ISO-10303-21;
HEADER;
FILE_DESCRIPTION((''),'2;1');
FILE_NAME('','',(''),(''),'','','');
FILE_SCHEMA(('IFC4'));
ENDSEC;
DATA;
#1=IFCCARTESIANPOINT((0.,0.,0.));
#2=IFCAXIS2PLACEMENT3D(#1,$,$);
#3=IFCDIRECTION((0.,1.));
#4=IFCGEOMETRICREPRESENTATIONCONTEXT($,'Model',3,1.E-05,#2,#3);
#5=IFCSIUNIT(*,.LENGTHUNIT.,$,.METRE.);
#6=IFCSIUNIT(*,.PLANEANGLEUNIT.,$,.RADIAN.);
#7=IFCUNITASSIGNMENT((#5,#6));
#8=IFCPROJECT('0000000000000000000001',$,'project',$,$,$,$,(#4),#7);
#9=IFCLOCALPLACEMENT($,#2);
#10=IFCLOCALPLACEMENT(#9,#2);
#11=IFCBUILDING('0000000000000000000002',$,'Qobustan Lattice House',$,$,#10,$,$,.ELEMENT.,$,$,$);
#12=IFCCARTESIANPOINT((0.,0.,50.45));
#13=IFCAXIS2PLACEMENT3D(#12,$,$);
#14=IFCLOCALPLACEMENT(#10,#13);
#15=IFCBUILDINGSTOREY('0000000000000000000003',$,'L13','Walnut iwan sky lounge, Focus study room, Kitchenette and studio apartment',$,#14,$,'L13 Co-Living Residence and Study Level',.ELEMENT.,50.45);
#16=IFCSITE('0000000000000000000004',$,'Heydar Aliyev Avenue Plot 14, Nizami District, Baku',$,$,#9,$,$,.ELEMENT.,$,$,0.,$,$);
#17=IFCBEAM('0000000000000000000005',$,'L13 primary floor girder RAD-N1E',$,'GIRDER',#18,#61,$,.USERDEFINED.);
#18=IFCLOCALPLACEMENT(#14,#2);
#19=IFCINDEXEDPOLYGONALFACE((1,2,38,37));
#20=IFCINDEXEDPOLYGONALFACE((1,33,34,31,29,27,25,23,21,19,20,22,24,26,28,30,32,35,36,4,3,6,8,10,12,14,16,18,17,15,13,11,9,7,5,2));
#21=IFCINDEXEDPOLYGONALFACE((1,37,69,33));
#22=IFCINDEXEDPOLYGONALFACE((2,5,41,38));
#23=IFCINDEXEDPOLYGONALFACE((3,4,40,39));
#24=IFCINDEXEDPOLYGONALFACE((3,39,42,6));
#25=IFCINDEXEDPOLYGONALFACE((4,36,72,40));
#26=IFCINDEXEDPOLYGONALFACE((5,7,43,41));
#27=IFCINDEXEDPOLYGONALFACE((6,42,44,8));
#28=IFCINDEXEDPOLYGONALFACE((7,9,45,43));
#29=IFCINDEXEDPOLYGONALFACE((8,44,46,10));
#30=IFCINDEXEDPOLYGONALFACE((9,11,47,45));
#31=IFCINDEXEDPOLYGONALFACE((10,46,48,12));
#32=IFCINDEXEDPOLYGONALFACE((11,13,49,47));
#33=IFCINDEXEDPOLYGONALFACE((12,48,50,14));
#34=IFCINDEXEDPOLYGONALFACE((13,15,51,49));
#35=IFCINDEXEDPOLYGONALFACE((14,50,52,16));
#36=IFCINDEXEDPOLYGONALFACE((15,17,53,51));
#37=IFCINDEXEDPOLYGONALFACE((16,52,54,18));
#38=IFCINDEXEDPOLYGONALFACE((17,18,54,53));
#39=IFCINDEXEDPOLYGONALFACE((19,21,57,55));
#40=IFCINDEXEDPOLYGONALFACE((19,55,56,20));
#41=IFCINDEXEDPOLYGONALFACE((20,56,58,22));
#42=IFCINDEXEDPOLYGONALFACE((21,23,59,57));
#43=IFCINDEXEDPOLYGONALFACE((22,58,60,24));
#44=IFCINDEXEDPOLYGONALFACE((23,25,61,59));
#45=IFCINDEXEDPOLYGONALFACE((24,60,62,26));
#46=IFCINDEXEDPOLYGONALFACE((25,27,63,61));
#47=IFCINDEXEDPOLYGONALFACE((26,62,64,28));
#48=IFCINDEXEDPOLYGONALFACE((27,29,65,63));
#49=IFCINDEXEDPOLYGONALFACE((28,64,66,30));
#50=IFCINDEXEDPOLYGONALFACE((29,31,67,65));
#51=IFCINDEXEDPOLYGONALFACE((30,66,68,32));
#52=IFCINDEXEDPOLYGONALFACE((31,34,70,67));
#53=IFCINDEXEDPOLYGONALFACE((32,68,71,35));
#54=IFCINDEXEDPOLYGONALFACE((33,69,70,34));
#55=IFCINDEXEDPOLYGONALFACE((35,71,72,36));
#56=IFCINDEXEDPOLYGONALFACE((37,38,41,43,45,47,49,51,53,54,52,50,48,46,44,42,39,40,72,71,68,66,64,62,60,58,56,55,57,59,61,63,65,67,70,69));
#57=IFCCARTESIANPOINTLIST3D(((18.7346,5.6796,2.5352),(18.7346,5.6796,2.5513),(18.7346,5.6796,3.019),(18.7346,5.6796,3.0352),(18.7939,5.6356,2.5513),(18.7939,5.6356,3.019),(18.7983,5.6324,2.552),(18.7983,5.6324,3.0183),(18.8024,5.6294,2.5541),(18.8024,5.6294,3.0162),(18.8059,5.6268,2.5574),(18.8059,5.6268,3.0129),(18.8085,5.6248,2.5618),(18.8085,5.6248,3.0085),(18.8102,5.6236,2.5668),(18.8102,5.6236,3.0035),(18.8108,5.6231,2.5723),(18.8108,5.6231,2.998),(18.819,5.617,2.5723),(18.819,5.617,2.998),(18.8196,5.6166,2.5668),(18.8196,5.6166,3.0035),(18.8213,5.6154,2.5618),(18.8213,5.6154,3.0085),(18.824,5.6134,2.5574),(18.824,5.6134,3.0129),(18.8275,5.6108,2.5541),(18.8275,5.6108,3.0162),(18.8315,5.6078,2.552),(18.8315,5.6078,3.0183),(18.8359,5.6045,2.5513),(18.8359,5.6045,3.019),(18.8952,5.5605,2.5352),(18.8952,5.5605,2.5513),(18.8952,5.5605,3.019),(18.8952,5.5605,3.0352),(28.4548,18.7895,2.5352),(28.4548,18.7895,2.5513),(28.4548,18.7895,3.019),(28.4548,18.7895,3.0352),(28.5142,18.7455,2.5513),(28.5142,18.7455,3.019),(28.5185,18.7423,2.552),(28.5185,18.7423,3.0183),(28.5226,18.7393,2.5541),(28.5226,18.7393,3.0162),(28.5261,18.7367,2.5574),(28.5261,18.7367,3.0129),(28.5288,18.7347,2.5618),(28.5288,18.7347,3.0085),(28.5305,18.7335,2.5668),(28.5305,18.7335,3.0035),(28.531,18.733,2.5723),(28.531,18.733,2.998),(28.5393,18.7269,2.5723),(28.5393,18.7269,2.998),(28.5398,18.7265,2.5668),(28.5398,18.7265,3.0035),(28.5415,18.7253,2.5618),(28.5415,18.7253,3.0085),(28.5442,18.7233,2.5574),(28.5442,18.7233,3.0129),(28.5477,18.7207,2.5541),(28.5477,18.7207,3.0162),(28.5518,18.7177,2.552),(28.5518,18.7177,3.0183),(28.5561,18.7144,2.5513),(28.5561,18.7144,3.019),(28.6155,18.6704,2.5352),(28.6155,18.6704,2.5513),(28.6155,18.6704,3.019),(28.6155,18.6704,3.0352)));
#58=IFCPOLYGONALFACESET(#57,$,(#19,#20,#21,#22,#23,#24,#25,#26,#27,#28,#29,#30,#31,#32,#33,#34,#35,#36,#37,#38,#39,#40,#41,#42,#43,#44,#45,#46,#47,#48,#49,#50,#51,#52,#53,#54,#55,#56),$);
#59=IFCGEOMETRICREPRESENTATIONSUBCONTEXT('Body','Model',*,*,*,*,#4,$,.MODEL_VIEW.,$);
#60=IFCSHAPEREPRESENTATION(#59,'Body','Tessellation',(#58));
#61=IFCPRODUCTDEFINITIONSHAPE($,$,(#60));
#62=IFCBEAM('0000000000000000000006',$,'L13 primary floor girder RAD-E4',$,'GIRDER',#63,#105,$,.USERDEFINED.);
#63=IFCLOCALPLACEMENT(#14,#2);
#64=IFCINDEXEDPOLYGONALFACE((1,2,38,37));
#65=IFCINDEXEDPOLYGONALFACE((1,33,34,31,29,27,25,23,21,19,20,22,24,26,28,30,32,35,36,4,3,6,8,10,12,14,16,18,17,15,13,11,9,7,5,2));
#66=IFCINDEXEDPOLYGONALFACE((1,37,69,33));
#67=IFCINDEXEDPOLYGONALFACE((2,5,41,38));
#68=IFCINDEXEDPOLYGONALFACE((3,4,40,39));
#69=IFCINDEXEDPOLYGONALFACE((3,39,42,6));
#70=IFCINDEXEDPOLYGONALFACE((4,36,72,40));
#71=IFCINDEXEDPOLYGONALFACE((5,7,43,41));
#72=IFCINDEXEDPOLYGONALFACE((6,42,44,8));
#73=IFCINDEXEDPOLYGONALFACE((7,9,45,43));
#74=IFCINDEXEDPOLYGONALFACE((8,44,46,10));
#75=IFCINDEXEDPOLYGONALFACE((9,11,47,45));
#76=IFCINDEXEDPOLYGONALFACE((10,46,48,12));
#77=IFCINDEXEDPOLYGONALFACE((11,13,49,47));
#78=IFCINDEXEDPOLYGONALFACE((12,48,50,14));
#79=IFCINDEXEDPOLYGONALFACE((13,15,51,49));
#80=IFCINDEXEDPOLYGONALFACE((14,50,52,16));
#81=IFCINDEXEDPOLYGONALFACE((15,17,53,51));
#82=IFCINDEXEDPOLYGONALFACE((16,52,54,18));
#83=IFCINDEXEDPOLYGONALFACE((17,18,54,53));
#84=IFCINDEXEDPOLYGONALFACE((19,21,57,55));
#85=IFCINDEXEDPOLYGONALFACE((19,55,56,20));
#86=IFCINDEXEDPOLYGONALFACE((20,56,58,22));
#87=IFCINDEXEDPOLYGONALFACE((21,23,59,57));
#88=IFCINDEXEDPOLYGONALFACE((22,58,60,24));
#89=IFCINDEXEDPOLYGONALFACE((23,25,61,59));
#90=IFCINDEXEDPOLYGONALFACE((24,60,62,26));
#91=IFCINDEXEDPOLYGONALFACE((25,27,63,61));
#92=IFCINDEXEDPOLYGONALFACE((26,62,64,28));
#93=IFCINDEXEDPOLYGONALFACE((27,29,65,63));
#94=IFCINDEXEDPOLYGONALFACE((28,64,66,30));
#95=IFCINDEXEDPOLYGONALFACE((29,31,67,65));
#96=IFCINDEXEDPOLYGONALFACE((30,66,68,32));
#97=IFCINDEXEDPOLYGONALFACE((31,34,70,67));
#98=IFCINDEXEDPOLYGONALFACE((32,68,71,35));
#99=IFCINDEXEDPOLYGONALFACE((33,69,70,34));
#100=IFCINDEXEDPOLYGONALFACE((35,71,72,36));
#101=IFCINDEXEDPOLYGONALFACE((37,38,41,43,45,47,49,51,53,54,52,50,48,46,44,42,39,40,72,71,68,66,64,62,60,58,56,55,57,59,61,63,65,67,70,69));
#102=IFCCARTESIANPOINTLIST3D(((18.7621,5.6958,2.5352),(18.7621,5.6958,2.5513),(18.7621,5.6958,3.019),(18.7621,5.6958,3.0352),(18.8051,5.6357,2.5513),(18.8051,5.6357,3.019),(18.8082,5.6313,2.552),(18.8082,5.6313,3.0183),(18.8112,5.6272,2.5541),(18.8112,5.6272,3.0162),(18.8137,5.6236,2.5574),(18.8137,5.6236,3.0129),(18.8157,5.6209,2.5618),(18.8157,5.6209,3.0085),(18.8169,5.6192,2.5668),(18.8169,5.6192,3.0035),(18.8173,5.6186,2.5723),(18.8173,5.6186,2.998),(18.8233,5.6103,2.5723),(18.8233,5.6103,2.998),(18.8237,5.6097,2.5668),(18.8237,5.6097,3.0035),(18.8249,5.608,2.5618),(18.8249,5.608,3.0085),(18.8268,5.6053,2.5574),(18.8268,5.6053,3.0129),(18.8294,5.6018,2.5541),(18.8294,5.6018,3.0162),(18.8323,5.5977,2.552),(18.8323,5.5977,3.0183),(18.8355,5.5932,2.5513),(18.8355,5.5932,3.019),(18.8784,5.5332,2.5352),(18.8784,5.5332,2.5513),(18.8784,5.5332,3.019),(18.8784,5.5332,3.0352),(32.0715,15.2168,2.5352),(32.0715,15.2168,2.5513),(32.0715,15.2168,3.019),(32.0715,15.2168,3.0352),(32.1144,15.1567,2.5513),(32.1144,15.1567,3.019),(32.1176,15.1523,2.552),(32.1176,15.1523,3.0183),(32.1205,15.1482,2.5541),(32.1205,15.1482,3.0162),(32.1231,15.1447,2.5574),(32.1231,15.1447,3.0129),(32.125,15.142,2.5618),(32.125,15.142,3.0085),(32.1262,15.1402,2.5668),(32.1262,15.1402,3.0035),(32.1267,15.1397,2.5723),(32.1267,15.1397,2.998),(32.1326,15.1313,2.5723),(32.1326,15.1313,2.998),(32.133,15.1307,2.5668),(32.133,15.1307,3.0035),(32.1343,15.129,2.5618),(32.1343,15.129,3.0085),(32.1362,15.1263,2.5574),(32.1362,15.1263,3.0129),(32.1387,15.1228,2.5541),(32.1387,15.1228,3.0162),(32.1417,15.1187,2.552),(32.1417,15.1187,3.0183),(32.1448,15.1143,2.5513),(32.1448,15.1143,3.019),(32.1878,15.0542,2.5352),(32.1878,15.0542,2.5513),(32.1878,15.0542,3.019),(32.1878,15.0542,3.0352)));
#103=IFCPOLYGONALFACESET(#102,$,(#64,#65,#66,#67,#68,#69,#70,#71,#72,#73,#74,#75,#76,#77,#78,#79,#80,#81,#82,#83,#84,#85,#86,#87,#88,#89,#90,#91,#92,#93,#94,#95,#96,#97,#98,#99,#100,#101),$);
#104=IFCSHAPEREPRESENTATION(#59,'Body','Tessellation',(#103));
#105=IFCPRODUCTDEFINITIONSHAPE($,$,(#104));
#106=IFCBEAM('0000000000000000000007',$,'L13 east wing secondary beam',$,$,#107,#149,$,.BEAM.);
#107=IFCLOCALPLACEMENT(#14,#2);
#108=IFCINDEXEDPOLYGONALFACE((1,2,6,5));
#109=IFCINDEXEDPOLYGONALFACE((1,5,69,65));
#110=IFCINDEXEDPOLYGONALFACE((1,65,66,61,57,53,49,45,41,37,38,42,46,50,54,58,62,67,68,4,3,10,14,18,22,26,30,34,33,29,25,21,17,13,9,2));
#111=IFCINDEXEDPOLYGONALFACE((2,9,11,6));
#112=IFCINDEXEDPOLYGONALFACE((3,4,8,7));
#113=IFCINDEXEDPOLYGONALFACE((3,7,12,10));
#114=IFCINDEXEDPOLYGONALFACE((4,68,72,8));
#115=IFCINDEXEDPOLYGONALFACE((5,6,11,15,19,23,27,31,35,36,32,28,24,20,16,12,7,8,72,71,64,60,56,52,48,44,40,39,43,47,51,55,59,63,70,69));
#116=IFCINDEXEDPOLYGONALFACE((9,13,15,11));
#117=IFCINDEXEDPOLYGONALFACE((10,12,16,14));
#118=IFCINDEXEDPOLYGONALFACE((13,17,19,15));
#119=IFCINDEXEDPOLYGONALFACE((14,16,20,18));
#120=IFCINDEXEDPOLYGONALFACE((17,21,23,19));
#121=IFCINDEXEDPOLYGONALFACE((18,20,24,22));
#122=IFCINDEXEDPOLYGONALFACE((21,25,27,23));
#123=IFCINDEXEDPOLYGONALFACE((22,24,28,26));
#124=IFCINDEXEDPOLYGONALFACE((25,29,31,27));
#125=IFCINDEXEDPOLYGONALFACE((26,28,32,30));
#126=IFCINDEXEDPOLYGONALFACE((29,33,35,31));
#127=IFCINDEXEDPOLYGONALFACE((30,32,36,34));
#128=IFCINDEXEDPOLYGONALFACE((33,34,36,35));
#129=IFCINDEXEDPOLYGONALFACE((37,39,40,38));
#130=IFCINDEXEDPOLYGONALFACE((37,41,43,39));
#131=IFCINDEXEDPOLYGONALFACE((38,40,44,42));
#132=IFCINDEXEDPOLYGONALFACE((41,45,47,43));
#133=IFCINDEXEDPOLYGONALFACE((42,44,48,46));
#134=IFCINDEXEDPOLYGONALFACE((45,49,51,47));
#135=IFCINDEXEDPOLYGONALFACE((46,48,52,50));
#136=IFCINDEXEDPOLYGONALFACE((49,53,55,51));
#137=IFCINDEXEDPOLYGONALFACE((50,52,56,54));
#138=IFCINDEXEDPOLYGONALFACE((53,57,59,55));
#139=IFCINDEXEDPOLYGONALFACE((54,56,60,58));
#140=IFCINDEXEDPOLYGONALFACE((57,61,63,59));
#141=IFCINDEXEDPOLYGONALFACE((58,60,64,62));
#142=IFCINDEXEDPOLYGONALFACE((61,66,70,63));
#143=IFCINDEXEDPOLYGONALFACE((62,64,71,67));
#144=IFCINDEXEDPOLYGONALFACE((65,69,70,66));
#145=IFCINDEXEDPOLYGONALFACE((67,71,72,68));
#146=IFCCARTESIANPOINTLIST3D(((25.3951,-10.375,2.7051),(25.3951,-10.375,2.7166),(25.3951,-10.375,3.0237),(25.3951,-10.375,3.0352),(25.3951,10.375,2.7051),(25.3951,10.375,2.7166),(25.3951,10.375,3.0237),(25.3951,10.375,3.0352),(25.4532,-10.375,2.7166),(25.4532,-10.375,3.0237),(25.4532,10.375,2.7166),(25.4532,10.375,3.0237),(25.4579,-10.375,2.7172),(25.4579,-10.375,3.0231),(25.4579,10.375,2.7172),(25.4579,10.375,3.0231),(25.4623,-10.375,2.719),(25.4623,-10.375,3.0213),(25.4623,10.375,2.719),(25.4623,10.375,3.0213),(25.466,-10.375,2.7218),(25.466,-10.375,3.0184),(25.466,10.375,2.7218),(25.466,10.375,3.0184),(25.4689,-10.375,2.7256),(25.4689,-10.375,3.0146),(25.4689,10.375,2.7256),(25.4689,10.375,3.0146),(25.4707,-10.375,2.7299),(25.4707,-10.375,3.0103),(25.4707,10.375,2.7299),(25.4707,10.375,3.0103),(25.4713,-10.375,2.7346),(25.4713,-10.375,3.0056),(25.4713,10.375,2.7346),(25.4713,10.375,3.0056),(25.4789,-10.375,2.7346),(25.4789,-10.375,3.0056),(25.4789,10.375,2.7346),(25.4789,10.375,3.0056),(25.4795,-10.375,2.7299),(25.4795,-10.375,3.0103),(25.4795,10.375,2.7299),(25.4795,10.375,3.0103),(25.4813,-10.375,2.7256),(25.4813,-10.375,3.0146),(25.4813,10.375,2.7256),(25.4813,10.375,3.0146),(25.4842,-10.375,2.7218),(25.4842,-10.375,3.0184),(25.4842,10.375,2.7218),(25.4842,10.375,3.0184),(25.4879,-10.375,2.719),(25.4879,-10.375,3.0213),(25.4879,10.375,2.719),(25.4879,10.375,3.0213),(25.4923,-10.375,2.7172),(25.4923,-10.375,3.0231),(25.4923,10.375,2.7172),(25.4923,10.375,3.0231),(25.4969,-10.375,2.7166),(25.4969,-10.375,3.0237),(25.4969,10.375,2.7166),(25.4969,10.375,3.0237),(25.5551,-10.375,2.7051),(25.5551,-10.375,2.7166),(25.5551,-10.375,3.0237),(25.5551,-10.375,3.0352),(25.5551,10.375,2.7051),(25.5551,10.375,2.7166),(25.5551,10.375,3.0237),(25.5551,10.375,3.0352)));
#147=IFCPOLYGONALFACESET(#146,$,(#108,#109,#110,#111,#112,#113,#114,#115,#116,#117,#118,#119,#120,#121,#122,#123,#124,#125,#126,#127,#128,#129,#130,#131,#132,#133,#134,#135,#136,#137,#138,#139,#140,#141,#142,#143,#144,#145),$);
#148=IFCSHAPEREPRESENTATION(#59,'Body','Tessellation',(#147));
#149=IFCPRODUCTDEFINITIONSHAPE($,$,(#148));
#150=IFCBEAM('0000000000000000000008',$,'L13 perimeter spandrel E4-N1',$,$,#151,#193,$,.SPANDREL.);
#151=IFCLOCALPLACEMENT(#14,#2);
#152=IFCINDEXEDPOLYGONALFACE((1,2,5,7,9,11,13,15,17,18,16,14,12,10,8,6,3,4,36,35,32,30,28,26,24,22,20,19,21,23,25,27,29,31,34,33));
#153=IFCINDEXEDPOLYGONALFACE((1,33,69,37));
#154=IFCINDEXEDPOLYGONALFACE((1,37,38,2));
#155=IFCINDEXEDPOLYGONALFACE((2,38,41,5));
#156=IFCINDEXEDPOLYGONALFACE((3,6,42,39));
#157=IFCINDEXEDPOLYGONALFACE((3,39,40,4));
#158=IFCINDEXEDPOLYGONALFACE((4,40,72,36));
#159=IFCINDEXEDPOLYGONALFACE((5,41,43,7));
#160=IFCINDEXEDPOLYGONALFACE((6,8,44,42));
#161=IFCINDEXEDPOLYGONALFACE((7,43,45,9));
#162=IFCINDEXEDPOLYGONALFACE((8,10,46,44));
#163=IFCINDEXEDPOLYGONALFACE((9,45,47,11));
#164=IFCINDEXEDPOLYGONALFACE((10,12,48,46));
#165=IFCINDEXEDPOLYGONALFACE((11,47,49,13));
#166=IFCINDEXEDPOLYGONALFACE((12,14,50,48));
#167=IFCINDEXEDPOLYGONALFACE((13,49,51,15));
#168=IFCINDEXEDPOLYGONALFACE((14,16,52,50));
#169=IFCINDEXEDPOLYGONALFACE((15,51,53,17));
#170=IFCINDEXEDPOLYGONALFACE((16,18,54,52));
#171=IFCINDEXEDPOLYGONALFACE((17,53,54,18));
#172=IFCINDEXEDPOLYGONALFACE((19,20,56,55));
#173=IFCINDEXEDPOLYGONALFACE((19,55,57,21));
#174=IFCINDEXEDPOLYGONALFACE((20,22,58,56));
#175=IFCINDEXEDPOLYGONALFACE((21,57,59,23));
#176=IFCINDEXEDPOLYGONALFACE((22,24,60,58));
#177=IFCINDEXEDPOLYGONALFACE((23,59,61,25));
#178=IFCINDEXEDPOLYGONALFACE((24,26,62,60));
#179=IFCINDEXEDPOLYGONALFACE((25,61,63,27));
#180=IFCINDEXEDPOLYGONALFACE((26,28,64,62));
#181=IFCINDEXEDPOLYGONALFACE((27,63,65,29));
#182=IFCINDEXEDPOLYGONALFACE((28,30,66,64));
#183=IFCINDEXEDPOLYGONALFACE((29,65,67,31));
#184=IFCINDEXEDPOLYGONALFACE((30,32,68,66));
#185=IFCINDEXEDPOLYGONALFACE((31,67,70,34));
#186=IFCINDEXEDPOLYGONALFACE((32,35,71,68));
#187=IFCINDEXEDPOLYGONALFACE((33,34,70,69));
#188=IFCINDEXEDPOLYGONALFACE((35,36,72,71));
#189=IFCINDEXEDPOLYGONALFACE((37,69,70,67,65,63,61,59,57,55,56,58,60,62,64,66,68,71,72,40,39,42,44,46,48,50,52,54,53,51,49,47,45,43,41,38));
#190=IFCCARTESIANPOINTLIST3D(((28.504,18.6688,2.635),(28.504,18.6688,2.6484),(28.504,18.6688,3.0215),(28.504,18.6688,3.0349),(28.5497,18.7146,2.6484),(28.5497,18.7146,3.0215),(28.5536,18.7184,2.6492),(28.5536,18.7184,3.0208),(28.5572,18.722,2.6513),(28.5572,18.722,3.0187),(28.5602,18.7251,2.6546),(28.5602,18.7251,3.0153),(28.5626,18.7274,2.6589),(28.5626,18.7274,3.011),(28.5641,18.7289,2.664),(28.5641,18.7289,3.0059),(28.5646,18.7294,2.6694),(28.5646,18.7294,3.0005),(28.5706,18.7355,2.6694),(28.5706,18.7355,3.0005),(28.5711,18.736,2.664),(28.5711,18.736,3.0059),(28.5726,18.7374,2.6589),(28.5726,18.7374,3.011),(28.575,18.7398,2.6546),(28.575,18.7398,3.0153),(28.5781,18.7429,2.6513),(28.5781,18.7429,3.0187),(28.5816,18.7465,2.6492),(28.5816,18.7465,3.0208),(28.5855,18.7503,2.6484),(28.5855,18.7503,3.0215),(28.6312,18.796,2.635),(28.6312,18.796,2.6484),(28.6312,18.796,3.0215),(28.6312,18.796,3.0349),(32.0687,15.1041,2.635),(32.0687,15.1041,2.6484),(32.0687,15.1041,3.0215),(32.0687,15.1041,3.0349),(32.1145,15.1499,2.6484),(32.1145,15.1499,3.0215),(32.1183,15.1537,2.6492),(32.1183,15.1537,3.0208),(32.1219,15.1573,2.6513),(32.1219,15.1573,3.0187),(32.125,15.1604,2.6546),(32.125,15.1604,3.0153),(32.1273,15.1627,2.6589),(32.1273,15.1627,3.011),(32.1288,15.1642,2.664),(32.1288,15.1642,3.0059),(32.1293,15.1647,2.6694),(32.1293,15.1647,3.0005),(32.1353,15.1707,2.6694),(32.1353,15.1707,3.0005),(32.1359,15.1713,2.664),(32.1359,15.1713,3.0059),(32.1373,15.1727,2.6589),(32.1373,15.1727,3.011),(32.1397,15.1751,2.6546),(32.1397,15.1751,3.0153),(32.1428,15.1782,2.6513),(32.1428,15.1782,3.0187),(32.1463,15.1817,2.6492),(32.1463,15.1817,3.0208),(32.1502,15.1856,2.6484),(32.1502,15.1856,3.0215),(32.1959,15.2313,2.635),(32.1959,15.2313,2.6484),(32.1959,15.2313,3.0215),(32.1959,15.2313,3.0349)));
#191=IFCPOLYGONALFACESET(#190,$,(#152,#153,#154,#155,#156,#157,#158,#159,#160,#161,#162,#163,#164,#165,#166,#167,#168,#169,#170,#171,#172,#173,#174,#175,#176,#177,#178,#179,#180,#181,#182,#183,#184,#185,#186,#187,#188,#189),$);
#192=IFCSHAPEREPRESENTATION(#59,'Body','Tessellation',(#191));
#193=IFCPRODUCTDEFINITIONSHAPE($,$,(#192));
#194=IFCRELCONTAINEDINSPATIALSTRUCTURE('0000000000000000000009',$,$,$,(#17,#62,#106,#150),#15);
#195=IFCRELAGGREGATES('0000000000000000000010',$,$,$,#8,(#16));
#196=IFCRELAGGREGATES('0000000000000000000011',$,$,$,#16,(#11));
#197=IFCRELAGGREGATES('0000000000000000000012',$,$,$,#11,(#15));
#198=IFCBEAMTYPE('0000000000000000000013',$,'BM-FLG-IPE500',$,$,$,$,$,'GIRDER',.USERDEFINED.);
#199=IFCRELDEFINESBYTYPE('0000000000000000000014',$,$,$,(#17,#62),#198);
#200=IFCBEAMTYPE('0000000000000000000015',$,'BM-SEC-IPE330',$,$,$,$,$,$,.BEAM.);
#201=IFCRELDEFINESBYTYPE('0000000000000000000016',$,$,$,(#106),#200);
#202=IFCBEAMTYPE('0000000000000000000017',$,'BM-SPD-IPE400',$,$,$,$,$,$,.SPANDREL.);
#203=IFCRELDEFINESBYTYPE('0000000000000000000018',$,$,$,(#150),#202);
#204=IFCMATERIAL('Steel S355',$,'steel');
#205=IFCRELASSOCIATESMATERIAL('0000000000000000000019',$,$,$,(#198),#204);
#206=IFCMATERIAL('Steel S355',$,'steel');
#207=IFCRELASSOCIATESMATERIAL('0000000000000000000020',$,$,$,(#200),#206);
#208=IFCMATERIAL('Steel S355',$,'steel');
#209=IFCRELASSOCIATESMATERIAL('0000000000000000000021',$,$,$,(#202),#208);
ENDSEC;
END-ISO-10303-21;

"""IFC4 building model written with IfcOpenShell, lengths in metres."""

from ifc_helpers import new_model, si_unit, direction, frame, origin, origin_2d, place, context, subcontext, project, spatial, i_section, extrude, material, material_profile, profile_set, type_object, element, save


model = new_model("IFC4")

# Units and contexts
model_context = context("Model", 3, precision=1e-05, world=origin(), true_north=direction((0.0, 1.0)))
body_context = subcontext(model_context, "Body", "Model", "MODEL_VIEW")
ifc_project = project(units=[si_unit("LENGTHUNIT", "METRE"), si_unit("PLANEANGLEUNIT", "RADIAN")], contexts=[model_context])

# Site, building, storey
site_placement = place(None, origin())
site = spatial("IfcSite", under=ifc_project, at=site_placement, Name="Heydar Aliyev Avenue Plot 14, Nizami District, Baku", CompositionType="ELEMENT", RefElevation=0.0)
building_placement = place(site_placement, origin())
building = spatial("IfcBuilding", under=site, at=building_placement, Name="Qobustan Lattice House", CompositionType="ELEMENT")
storey_placement = place(building_placement, frame((0.0, 0.0, 50.45)))
storey = spatial("IfcBuildingStorey", under=building, at=storey_placement, Name="L13", Description="Walnut iwan sky lounge, Focus study room, Kitchenette and studio apartment", LongName="L13 Co-Living Residence and Study Level", CompositionType="ELEMENT", Elevation=50.45)

# Beams
ifc_material_1 = material(Name="Steel S355", Category="steel")
ifc_material_profile_1 = material_profile(ifc_material_1, i_section(OverallWidth=0.2, OverallDepth=0.5, WebThickness=0.0103, FlangeThickness=0.0161, FilletRadius=0.021, at=origin_2d()), Name="IPE500")
ifc_profile_set_1 = profile_set([ifc_material_profile_1], Name="Steel S355")
beam_type_1 = type_object("IfcBeamType", Name="BM-FLG-IPE500", ElementType="GIRDER", PredefinedType="USERDEFINED", material=ifc_profile_set_1)
beam_1_placement = place(storey_placement, frame((28.5352, 18.73, 2.7852), z_axis=(-0.595592, -0.803287, 0.0), x_axis=(0.803287, -0.595592, 0.0)))
element("IfcBeam", 1, at=beam_1_placement, inside=storey, type_object=beam_type_1, Name="L13 primary floor girder RAD-N1E", ObjectType="GIRDER", PredefinedType="USERDEFINED", context=body_context, shape_type="SweptSolid", body=[
    extrude(i_section(OverallWidth=0.2, OverallDepth=0.5, WebThickness=0.0103, FlangeThickness=0.0161, FilletRadius=0.021, at=origin_2d()), origin(), (0.0, 0.0, 1.0), 16.3203),
])
beam_2_placement = place(storey_placement, frame((32.1296, 15.1355, 2.7852), z_axis=(-0.813319, -0.581818, 0.0), x_axis=(0.581818, -0.813319, 0.0)))
element("IfcBeam", 2, at=beam_2_placement, inside=storey, type_object=beam_type_1, Name="L13 primary floor girder RAD-E4", ObjectType="GIRDER", PredefinedType="USERDEFINED", context=body_context, shape_type="SweptSolid", body=[
    extrude(i_section(OverallWidth=0.2, OverallDepth=0.5, WebThickness=0.0103, FlangeThickness=0.0161, FilletRadius=0.021, at=origin_2d()), origin(), (0.0, 0.0, 1.0), 16.3643),
])
ifc_material_2 = material(Name="Steel S355", Category="steel")
ifc_material_profile_2 = material_profile(ifc_material_2, i_section(OverallWidth=0.1599, OverallDepth=0.3301, WebThickness=0.0076, FlangeThickness=0.0115, FilletRadius=0.0181, at=origin_2d()), Name="IPE330")
ifc_profile_set_2 = profile_set([ifc_material_profile_2], Name="Steel S355")
beam_type_2 = type_object("IfcBeamType", Name="BM-SEC-IPE330", PredefinedType="BEAM", material=ifc_profile_set_2)
beam_3_placement = place(storey_placement, frame((25.4751, 10.375, 2.8701), z_axis=(0.0, -1.0, 0.0), x_axis=(1.0, 0.0, 0.0)))
element("IfcBeam", 3, at=beam_3_placement, inside=storey, type_object=beam_type_2, Name="L13 east wing secondary beam", PredefinedType="BEAM", context=body_context, shape_type="SweptSolid", body=[
    extrude(i_section(OverallWidth=0.1599, OverallDepth=0.3301, WebThickness=0.0076, FlangeThickness=0.0115, FilletRadius=0.0181, at=origin_2d()), origin(), (0.0, 0.0, 1.0), 20.75),
])
ifc_material_3 = material(Name="Steel S355", Category="steel")
ifc_material_profile_3 = material_profile(ifc_material_3, i_section(OverallWidth=0.1799, OverallDepth=0.3999, WebThickness=0.0085, FlangeThickness=0.0134, FilletRadius=0.021, at=origin_2d()), Name="IPE400")
ifc_profile_set_3 = profile_set([ifc_material_profile_3], Name="Steel S355")
beam_type_3 = type_object("IfcBeamType", Name="BM-SPD-IPE400", PredefinedType="SPANDREL", material=ifc_profile_set_3)
beam_4_placement = place(storey_placement, frame((32.1323, 15.1677, 2.835), z_axis=(-0.707107, 0.707107, 0.0), x_axis=(-0.707107, -0.707107, 0.0)))
element("IfcBeam", 4, at=beam_4_placement, inside=storey, type_object=beam_type_3, Name="L13 perimeter spandrel E4-N1", PredefinedType="SPANDREL", context=body_context, shape_type="SweptSolid", body=[
    extrude(i_section(OverallWidth=0.1799, OverallDepth=0.3999, WebThickness=0.0085, FlangeThickness=0.0134, FilletRadius=0.021, at=origin_2d()), origin(), (0.0, 0.0, 1.0), 5.0413),
])

save(model, "model.ifc")
